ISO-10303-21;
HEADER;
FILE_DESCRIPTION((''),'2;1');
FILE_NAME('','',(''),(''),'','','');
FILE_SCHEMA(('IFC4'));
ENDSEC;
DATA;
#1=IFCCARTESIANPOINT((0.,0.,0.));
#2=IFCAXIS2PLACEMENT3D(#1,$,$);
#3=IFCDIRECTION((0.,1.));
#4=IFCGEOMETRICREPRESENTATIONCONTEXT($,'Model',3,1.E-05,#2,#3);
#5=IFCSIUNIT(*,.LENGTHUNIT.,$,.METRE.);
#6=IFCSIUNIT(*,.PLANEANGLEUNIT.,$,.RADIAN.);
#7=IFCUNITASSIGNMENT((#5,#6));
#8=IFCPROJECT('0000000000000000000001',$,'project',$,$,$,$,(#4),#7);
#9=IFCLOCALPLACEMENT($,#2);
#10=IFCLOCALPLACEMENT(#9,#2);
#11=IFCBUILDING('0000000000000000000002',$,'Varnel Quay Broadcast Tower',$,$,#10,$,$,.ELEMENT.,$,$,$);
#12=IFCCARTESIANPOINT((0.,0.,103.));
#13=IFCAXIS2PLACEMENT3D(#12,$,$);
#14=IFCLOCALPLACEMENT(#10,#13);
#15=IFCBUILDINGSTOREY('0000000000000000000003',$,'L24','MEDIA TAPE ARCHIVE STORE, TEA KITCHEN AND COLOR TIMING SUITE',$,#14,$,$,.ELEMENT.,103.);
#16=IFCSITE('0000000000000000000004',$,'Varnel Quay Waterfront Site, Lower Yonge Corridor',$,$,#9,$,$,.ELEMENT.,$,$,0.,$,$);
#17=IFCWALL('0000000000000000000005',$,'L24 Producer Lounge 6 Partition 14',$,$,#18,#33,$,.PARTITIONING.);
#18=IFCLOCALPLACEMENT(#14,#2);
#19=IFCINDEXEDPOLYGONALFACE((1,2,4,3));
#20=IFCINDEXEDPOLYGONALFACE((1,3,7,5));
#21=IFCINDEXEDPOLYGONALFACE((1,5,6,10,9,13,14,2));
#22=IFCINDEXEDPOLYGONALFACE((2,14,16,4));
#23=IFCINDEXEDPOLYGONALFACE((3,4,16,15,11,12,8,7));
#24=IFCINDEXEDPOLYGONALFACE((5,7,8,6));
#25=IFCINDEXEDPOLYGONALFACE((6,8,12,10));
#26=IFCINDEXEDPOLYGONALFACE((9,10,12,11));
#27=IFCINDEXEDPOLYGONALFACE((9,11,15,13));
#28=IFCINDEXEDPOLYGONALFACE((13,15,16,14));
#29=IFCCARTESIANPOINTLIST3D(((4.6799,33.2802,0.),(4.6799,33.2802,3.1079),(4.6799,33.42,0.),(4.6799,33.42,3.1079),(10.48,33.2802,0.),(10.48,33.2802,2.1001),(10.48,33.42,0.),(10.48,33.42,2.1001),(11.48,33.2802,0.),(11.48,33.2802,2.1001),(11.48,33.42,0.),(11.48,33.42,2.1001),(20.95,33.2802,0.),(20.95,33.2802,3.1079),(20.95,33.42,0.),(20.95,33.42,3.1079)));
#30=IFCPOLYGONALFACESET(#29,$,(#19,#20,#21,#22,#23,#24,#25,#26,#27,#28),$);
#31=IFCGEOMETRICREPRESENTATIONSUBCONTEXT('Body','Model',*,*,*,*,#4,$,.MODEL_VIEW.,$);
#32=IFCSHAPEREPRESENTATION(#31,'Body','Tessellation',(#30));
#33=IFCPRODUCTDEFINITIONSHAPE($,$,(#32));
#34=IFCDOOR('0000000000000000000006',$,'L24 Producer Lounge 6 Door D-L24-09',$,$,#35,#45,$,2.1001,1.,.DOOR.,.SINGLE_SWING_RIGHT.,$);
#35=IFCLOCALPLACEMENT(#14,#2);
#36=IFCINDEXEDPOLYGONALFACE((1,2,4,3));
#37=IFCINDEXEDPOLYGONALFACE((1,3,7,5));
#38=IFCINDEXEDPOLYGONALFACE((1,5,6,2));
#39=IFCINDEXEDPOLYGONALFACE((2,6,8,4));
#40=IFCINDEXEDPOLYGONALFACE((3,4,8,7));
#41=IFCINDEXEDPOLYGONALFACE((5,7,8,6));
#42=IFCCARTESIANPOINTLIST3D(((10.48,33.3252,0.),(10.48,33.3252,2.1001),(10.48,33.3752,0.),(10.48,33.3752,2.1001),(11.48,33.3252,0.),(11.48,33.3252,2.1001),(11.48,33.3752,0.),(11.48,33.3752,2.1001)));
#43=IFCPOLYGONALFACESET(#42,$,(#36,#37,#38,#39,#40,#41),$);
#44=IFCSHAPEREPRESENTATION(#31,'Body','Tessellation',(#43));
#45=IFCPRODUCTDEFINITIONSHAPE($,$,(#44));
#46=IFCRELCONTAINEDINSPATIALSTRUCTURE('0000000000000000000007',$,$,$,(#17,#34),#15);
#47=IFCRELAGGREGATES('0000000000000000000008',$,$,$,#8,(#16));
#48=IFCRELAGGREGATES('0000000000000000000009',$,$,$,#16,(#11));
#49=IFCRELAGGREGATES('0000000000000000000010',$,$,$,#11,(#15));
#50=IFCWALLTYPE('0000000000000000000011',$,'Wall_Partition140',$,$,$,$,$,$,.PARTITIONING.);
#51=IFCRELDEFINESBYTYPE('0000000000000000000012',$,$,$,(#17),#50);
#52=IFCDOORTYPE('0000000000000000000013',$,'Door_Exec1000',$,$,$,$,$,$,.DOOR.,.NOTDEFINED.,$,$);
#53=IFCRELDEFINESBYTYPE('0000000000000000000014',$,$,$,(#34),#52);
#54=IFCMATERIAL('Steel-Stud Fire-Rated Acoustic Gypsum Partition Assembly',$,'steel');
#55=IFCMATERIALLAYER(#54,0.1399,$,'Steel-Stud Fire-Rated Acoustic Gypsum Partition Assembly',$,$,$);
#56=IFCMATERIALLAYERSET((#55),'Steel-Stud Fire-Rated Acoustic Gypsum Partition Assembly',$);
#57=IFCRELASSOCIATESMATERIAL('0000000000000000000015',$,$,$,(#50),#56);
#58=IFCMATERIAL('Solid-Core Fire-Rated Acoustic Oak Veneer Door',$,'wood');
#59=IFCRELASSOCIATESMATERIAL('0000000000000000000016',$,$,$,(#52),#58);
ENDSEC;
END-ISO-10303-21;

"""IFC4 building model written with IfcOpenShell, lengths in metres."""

from ifc_helpers import new_model, si_unit, direction, frame, frame_2d, origin, place, context, subcontext, project, spatial, rectangle, extrude, source, transform, mapped, material, layer, layer_set, type_object, type_shapes, element, fill, save


model = new_model("IFC4")

# Units and contexts
model_context = context("Model", 3, precision=1e-05, world=origin(), true_north=direction((0.0, 1.0)))
body_context = subcontext(model_context, "Body", "Model", "MODEL_VIEW")
ifc_project = project(units=[si_unit("LENGTHUNIT", "METRE"), si_unit("PLANEANGLEUNIT", "RADIAN")], contexts=[model_context])

# Site, building, storey
site_placement = place(None, origin())
site = spatial("IfcSite", under=ifc_project, at=site_placement, Name="Varnel Quay Waterfront Site, Lower Yonge Corridor", CompositionType="ELEMENT", RefElevation=0.0)
building_placement = place(site_placement, origin())
building = spatial("IfcBuilding", under=site, at=building_placement, Name="Varnel Quay Broadcast Tower", CompositionType="ELEMENT")
storey_placement = place(building_placement, frame((0.0, 0.0, 103.0)))
storey = spatial("IfcBuildingStorey", under=building, at=storey_placement, Name="L24", Description="MEDIA TAPE ARCHIVE STORE, TEA KITCHEN AND COLOR TIMING SUITE", CompositionType="ELEMENT", Elevation=103.0)

# Wall, opening, door
ifc_material_1 = material(Name="Steel-Stud Fire-Rated Acoustic Gypsum Partition Assembly", Category="steel")
ifc_layer_1 = layer(ifc_material_1, 0.1399, Name="Steel-Stud Fire-Rated Acoustic Gypsum Partition Assembly")
ifc_layer_set_1 = layer_set([ifc_layer_1], Name="Steel-Stud Fire-Rated Acoustic Gypsum Partition Assembly")
wall_type = type_object("IfcWallType", Name="Wall_Partition140", PredefinedType="PARTITIONING", material=ifc_layer_set_1)
wall_placement = place(storey_placement, frame((4.6799, 33.3501, 0.0), z_axis=(0.0, 0.0, 1.0), x_axis=(1.0, 0.0, 0.0)))
wall = element("IfcWall", 1, at=wall_placement, inside=storey, type_object=wall_type, Name="L24 Producer Lounge 6 Partition 14", PredefinedType="PARTITIONING", context=body_context, shape_type="SweptSolid", body=[
    extrude(rectangle(XDim=16.27, YDim=0.1399, at=frame_2d((8.135, 0.0))), origin(), (0.0, 0.0, 1.0), 3.1079),
])
opening_placement = place(wall_placement, frame((5.8, 0.0, 0.0)))
opening = element("IfcOpeningElement", 2, at=opening_placement, cuts=wall, PredefinedType="OPENING", context=body_context, shape_type="SweptSolid", body=[
    extrude(rectangle(XDim=1.0, YDim=2.1001, at=frame_2d((0.5, 1.05))), frame((0.0, 0.0801, 0.0), z_axis=(0.0, -1.0, 0.0), x_axis=(1.0, 0.0, 0.0)), (0.0, 0.0, 1.0), 0.1599),
])
ifc_material_2 = material(Name="Solid-Core Fire-Rated Acoustic Oak Veneer Door", Category="wood")
door_type = type_object("IfcDoorType", Name="Door_Exec1000", OperationType="NOTDEFINED", PredefinedType="DOOR", material=ifc_material_2)
shared_shape_1 = source(origin(), body_context, "Body", "SweptSolid", [
    extrude(rectangle(XDim=1.0, YDim=2.1001, at=frame_2d((0.5, 1.05))), frame((0.0, 0.0249, 0.0), z_axis=(0.0, -1.0, 0.0), x_axis=(1.0, 0.0, 0.0)), (0.0, 0.0, 1.0), 0.05),
])
type_shapes(door_type, [shared_shape_1])
door_placement = place(opening_placement, frame((1.0, 0.0, 0.0), z_axis=(0.0, 0.0, 1.0), x_axis=(-1.0, 0.0, 0.0)))
door = element("IfcDoor", 3, at=door_placement, inside=storey, type_object=door_type, Name="L24 Producer Lounge 6 Door D-L24-09", OperationType="SINGLE_SWING_RIGHT", OverallHeight=2.1001, OverallWidth=1.0, PredefinedType="DOOR", context=body_context, shape_type="MappedRepresentation", body=[
    mapped(shared_shape_1, transform((0.0, 0.0, 0.0), x_axis=(1.0, 0.0, 0.0), y_axis=(0.0, 1.0, 0.0), z_axis=(0.0, 0.0, 1.0), scale=1.0)),
])
fill(opening, door)

save(model, "model.ifc")
